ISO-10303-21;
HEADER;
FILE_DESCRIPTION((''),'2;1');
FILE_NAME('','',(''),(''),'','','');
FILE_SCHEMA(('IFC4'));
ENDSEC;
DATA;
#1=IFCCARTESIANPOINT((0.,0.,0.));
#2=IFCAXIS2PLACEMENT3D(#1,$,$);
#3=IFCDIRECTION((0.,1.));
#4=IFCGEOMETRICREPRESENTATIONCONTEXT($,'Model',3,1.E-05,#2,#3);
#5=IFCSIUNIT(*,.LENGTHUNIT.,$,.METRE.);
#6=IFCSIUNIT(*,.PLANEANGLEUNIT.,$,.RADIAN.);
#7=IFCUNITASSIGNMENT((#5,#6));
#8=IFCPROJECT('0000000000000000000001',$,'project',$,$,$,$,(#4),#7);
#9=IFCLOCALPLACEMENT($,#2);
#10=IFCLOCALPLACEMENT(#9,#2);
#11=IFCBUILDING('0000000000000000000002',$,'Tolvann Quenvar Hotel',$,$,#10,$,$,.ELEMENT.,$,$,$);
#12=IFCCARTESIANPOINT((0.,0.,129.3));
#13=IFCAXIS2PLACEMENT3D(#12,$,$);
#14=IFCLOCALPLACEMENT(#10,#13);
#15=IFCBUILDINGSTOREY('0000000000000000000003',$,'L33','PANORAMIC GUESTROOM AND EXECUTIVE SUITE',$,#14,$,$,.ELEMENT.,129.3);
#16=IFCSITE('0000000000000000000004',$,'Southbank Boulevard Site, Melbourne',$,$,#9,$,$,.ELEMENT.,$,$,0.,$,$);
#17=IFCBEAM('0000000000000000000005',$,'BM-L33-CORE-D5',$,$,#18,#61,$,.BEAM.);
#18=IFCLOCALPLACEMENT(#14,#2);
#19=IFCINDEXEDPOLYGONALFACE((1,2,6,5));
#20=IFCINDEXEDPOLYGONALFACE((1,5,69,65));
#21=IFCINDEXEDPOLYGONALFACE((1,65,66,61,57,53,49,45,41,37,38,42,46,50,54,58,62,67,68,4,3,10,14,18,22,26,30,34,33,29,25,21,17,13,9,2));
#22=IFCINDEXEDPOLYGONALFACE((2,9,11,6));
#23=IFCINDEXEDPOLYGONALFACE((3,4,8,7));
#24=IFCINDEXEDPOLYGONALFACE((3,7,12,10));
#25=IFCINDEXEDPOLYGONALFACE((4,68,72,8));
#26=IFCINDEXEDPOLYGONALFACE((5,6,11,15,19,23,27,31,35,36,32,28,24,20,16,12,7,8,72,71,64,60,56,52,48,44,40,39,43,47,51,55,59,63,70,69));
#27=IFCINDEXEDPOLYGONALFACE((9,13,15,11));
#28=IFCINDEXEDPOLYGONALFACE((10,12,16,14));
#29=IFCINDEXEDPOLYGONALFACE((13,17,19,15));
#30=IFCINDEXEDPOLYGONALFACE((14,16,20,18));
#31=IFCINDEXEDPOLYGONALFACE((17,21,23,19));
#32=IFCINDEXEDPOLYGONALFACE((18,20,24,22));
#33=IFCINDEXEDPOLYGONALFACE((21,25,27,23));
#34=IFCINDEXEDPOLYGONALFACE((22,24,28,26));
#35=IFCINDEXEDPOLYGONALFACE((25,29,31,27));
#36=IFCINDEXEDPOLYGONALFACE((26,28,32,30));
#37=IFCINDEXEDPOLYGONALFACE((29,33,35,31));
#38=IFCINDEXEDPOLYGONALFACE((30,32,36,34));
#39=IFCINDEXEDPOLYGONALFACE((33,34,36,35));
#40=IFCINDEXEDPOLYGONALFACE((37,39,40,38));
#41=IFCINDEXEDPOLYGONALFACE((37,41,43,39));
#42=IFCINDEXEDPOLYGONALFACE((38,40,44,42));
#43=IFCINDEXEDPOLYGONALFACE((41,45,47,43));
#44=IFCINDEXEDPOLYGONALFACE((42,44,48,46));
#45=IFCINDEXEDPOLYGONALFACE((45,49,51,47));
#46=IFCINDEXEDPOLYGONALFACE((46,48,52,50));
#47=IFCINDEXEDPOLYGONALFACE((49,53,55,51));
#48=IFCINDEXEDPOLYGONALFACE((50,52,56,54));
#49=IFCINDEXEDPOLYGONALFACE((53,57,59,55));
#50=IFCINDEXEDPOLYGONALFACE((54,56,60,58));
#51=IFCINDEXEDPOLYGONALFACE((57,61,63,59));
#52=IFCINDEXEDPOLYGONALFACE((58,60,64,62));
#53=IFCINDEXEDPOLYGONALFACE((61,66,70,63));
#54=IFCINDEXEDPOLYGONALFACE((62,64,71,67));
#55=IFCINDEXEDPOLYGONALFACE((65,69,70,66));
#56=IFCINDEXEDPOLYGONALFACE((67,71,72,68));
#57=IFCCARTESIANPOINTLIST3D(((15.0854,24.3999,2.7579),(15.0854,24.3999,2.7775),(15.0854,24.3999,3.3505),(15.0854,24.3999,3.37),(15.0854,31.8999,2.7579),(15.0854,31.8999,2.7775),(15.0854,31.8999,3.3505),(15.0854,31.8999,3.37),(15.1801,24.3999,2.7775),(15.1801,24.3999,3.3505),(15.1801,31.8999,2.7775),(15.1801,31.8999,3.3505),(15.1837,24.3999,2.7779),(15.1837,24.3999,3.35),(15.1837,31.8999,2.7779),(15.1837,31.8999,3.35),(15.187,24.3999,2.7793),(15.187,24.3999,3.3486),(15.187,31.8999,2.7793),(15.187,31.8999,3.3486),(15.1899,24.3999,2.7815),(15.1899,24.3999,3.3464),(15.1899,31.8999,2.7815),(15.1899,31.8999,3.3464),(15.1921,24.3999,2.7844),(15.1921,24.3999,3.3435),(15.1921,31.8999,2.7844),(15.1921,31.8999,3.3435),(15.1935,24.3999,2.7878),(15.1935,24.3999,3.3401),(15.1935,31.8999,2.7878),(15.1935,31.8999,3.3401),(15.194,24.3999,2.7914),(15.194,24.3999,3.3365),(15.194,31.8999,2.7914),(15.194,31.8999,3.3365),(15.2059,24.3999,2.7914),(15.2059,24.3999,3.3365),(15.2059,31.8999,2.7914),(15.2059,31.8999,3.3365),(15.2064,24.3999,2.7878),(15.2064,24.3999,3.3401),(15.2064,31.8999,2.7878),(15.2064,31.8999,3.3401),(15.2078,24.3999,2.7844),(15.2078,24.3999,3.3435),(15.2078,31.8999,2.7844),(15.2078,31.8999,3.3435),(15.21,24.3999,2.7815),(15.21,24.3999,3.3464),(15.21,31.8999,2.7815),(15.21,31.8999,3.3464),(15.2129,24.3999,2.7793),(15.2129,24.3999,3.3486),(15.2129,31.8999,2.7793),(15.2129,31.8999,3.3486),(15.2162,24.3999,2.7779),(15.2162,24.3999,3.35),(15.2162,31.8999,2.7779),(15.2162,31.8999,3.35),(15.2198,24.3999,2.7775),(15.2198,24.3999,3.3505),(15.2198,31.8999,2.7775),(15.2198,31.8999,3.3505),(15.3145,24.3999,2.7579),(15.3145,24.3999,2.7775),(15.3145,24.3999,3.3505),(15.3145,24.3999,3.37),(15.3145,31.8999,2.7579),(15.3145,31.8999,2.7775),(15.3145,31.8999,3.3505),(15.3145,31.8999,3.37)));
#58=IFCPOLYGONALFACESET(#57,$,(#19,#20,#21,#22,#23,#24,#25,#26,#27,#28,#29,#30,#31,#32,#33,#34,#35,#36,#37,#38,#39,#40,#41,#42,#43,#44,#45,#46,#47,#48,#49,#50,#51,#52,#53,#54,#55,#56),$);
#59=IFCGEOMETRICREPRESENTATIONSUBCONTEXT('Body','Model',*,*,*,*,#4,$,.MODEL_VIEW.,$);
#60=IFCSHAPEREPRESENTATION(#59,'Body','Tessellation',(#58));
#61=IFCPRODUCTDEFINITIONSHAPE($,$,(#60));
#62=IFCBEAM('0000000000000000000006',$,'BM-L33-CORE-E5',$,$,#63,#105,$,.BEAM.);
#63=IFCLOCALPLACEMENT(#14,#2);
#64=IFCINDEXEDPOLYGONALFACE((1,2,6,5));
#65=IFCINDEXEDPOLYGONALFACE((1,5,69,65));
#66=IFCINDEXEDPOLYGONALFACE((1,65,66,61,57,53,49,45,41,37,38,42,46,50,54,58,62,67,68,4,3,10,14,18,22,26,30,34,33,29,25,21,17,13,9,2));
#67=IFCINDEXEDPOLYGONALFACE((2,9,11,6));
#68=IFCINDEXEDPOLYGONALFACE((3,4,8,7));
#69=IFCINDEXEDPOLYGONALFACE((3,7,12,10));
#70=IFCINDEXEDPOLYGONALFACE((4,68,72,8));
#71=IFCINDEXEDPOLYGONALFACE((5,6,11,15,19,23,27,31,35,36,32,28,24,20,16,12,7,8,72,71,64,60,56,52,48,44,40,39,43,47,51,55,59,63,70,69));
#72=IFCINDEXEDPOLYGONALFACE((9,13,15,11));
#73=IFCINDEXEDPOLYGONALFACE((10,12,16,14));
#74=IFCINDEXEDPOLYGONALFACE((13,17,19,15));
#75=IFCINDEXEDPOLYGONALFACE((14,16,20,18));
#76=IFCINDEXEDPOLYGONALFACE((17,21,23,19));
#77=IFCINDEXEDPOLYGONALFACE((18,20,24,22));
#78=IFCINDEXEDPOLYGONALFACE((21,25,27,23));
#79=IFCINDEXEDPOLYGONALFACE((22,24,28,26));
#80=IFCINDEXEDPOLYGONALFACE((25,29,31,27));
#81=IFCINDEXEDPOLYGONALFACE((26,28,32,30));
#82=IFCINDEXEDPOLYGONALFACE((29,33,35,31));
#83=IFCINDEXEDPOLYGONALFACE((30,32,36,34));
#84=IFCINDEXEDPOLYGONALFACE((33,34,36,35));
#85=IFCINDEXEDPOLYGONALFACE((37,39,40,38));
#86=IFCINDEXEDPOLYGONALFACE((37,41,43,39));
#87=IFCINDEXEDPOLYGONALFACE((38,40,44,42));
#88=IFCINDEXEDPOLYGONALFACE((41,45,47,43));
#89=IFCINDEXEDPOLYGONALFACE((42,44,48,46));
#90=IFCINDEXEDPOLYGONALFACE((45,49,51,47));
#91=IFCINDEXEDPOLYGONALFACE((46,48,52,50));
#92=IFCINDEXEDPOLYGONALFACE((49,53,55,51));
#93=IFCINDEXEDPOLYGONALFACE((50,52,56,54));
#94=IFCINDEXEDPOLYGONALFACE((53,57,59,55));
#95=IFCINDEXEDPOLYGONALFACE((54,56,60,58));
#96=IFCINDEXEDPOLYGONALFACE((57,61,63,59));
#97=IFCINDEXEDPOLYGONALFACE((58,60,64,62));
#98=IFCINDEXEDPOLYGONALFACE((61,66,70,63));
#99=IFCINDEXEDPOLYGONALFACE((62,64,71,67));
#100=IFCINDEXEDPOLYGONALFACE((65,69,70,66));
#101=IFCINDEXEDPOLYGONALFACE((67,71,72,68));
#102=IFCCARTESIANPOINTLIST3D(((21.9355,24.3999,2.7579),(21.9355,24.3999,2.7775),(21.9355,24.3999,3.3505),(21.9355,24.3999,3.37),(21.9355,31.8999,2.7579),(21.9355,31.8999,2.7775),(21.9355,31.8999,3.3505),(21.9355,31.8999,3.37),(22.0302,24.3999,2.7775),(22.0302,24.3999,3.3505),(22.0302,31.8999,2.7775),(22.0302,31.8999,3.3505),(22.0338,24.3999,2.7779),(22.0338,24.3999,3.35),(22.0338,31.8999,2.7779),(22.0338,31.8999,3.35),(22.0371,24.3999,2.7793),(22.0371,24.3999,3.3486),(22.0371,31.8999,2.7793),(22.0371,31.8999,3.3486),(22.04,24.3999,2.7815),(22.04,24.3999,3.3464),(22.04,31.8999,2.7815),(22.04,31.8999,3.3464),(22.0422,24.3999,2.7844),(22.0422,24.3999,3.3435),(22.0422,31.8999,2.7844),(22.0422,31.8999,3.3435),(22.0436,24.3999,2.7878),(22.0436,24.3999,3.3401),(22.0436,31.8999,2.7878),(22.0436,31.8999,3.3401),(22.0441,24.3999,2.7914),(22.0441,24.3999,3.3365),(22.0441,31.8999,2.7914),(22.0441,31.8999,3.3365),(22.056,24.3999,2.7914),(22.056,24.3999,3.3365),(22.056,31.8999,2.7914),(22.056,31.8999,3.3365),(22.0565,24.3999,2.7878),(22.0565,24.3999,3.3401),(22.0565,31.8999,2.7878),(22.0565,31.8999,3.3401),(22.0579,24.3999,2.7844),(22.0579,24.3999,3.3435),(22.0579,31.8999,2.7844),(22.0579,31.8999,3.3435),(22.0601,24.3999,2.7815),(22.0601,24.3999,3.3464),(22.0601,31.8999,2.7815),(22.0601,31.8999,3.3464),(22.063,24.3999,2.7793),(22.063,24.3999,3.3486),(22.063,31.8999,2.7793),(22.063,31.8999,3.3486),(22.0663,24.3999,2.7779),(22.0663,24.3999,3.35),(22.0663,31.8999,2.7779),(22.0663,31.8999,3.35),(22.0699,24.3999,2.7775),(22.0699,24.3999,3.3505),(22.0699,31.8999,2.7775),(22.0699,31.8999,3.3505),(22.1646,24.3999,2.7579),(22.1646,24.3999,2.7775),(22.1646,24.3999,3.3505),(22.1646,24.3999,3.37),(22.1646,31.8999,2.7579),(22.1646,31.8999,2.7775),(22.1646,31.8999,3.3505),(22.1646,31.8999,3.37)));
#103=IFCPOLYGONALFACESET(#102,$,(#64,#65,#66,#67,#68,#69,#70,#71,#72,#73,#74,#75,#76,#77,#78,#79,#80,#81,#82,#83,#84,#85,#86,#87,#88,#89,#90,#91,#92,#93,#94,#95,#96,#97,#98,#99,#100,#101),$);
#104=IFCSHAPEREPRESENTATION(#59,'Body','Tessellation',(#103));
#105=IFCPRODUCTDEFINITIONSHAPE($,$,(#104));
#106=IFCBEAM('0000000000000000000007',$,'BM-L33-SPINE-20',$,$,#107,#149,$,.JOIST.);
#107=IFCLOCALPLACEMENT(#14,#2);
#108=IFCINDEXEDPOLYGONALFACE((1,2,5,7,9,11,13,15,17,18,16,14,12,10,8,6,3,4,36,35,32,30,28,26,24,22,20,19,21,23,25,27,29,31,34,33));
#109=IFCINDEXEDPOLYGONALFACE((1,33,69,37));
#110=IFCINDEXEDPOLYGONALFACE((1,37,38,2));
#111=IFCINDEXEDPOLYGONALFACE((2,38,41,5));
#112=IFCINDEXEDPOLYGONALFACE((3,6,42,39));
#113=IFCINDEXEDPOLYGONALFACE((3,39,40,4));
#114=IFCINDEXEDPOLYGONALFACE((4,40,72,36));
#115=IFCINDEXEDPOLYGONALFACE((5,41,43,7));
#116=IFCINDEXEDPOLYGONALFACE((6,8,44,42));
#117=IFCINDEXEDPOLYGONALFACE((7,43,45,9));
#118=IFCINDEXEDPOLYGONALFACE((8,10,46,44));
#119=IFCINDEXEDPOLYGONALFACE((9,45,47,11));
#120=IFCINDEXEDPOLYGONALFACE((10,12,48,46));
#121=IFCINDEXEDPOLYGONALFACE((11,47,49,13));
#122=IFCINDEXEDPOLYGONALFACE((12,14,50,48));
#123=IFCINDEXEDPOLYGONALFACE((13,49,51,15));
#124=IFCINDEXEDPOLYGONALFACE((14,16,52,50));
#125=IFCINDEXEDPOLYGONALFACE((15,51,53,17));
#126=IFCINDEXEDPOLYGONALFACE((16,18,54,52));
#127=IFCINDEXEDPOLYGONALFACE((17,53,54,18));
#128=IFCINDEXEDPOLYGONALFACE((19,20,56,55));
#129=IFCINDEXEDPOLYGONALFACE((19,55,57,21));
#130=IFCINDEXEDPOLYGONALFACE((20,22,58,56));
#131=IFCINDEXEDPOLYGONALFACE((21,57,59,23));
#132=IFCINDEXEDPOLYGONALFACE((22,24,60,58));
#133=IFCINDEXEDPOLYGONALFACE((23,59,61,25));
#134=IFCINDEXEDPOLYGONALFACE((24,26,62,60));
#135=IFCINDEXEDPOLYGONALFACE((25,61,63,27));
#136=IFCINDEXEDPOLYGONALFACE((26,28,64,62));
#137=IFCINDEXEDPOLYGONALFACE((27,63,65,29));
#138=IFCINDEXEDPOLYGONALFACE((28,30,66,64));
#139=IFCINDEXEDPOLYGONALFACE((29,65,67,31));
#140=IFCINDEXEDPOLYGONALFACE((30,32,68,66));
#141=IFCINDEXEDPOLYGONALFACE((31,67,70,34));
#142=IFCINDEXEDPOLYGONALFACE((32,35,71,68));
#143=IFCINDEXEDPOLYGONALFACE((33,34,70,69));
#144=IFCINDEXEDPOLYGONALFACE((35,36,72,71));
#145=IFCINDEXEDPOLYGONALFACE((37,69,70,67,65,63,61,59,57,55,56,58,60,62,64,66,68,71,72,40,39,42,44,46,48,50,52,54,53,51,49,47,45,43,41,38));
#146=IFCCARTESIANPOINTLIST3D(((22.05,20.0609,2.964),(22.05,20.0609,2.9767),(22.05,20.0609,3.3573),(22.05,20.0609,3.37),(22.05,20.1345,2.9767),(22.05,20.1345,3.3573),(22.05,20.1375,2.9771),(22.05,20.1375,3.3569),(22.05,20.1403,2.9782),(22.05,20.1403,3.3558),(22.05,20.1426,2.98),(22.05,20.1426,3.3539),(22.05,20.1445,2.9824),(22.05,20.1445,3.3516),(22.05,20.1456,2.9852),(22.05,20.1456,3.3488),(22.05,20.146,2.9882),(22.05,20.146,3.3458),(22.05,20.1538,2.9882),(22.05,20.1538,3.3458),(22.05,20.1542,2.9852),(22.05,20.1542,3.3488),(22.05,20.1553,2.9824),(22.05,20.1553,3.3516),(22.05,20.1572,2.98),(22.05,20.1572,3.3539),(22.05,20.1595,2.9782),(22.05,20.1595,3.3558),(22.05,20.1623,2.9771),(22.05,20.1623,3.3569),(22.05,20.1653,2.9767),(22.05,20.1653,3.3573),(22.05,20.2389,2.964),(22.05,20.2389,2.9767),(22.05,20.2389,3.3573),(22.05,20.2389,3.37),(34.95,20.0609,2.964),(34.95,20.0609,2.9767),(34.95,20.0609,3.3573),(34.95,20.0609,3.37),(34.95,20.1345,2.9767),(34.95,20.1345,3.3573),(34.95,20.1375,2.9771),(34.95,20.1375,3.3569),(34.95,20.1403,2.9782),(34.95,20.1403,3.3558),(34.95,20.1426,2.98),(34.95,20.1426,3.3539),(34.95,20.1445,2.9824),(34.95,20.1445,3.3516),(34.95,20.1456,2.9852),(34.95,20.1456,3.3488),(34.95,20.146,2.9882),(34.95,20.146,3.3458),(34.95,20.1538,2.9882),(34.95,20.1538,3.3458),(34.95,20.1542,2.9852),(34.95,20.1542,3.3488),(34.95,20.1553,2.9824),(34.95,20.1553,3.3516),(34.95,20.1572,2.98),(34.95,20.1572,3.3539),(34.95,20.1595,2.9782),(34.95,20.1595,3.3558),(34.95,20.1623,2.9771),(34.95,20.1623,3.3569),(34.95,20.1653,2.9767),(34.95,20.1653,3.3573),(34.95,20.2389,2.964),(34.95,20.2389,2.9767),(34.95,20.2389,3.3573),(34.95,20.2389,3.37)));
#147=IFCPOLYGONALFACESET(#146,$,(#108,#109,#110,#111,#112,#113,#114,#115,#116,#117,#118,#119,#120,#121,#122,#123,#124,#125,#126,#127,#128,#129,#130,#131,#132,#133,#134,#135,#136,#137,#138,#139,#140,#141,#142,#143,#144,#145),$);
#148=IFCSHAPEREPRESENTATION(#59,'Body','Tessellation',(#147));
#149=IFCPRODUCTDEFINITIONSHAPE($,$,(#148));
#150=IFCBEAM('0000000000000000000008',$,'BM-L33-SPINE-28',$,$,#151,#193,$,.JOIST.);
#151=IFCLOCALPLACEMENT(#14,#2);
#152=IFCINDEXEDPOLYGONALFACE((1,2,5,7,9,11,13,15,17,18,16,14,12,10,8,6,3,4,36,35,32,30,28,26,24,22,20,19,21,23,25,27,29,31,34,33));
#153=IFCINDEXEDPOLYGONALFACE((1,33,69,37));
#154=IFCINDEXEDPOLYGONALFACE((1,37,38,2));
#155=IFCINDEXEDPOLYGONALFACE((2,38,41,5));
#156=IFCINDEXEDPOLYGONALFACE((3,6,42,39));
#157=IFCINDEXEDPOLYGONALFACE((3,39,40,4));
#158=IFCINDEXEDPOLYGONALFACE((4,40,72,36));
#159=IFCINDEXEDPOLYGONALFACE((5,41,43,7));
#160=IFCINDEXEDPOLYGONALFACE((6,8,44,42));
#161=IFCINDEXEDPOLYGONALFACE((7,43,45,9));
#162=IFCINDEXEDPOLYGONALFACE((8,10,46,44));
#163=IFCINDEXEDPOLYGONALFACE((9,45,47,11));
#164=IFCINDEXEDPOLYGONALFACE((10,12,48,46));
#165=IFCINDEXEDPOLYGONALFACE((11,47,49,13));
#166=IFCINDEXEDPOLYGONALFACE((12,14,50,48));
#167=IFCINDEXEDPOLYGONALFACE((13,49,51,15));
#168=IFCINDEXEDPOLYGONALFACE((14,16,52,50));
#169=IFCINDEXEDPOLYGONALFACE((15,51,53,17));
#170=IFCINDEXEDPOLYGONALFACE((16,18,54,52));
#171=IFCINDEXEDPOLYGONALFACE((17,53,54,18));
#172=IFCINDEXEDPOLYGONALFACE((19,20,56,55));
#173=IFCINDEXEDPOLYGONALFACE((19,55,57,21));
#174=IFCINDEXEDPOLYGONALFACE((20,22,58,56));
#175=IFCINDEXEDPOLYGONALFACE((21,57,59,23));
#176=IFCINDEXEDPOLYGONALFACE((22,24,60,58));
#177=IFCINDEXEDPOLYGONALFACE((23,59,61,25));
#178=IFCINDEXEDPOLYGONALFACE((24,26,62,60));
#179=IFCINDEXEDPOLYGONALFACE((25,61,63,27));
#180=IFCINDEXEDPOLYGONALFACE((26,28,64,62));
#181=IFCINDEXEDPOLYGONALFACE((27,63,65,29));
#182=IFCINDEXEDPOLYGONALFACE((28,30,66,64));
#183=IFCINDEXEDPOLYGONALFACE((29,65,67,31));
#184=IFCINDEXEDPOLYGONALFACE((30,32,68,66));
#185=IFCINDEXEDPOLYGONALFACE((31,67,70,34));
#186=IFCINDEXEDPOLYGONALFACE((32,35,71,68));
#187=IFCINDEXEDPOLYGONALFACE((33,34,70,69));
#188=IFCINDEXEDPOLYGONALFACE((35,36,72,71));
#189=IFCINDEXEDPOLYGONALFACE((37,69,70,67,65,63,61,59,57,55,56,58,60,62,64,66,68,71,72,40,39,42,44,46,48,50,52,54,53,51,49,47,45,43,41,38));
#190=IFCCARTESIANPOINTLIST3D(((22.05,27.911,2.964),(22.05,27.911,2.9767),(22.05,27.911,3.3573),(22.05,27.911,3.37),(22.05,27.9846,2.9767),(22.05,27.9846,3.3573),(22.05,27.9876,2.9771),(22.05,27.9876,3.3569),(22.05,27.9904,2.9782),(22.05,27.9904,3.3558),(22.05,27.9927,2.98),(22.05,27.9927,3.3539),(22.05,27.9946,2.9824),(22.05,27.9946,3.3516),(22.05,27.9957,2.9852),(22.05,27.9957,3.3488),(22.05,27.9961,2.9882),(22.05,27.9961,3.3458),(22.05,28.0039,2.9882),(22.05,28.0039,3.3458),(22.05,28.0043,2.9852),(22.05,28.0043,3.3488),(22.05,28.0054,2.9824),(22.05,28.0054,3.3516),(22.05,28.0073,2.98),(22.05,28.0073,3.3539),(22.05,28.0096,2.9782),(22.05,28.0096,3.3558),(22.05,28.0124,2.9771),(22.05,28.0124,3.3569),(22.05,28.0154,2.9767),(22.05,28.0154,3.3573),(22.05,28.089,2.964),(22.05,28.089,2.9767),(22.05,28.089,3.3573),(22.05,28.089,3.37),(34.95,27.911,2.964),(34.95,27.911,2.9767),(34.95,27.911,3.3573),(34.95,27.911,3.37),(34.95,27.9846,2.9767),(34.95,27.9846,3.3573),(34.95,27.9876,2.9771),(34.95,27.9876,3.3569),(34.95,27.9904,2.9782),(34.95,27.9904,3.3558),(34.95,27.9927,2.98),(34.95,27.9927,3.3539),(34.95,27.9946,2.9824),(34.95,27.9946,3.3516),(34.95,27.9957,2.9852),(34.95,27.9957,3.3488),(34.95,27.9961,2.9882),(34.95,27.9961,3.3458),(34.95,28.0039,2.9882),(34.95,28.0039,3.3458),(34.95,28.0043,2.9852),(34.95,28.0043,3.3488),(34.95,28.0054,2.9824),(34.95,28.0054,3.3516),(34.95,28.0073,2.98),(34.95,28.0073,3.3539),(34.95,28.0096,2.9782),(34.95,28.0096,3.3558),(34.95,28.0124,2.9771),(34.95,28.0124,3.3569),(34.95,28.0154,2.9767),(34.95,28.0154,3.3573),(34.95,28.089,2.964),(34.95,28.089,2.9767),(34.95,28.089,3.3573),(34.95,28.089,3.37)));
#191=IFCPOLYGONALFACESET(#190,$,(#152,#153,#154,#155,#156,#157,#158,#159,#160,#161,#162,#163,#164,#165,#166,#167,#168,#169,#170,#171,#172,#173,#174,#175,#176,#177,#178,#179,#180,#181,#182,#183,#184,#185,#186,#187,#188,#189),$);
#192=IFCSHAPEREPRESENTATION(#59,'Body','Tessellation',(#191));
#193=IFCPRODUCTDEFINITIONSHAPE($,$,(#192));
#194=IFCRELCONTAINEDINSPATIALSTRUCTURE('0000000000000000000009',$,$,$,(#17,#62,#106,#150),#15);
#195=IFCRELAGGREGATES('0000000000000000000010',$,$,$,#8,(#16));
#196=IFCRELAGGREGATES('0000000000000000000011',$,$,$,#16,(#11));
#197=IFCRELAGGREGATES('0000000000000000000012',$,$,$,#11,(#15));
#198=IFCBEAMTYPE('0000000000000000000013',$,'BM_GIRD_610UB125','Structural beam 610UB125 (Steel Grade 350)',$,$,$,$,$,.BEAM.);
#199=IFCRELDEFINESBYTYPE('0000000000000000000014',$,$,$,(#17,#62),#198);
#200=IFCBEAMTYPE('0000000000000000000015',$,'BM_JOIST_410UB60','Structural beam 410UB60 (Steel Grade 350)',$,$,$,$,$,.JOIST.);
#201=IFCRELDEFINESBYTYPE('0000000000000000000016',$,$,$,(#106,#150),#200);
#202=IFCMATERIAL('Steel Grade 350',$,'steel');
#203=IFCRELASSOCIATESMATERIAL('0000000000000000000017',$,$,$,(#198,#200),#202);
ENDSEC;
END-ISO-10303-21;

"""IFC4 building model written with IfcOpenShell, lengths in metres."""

from ifc_helpers import new_model, si_unit, direction, frame, origin, origin_2d, place, context, subcontext, project, spatial, i_section, extrude, source, transform, mapped, material, material_profile, profile_set, type_object, type_shapes, element, save


model = new_model("IFC4")

# Units and contexts
model_context = context("Model", 3, precision=1e-05, world=origin(), true_north=direction((0.0, 1.0)))
body_context = subcontext(model_context, "Body", "Model", "MODEL_VIEW")
ifc_project = project(units=[si_unit("LENGTHUNIT", "METRE"), si_unit("PLANEANGLEUNIT", "RADIAN")], contexts=[model_context])

# Site, building, storey
site_placement = place(None, origin())
site = spatial("IfcSite", under=ifc_project, at=site_placement, Name="Southbank Boulevard Site, Melbourne", CompositionType="ELEMENT", RefElevation=0.0)
building_placement = place(site_placement, origin())
building = spatial("IfcBuilding", under=site, at=building_placement, Name="Tolvann Quenvar Hotel", CompositionType="ELEMENT")
storey_placement = place(building_placement, frame((0.0, 0.0, 129.3)))
storey = spatial("IfcBuildingStorey", under=building, at=storey_placement, Name="L33", Description="PANORAMIC GUESTROOM AND EXECUTIVE SUITE", CompositionType="ELEMENT", Elevation=129.3)

# Shared definitions
ifc_material_1 = material(Name="Steel Grade 350", Category="steel")

# Beams
ifc_material_profile_1 = material_profile(ifc_material_1, i_section(OverallWidth=0.229, OverallDepth=0.6121, WebThickness=0.012, FlangeThickness=0.0195, FilletRadius=0.0139, at=origin_2d()), Name="610UB125")
ifc_profile_set_1 = profile_set([ifc_material_profile_1], Name="Steel Grade 350")
beam_type_1 = type_object("IfcBeamType", Name="BM_GIRD_610UB125", Description="Structural beam 610UB125 (Steel Grade 350)", PredefinedType="BEAM", material=ifc_profile_set_1)
shared_shape_1 = source(origin(), body_context, "Body", "SweptSolid", [
    extrude(i_section(OverallWidth=0.229, OverallDepth=0.6121, WebThickness=0.012, FlangeThickness=0.0195, FilletRadius=0.0139, at=origin_2d()), origin(), (0.0, 0.0, 1.0), 7.5),
])
for number, where, z_axis, x_axis, name in (
    (1, (15.2, 24.3999, 3.064), (0.0, 1.0, 0.0), (-1.0, 0.0, 0.0), "BM-L33-CORE-D5"),
    (2, (22.05, 24.3999, 3.064), (0.0, 1.0, 0.0), (-1.0, 0.0, 0.0), "BM-L33-CORE-E5"),
):
    element("IfcBeam", number, at=place(storey_placement, frame(where, z_axis=z_axis, x_axis=x_axis)), inside=storey, type_object=beam_type_1, Name=name, PredefinedType="BEAM", context=body_context, shape_type="MappedRepresentation", body=[
        mapped(shared_shape_1, transform((0.0, 0.0, 0.0), x_axis=(1.0, 0.0, 0.0), y_axis=(0.0, 1.0, 0.0), z_axis=(0.0, 0.0, 1.0), scale=1.0)),
    ])
ifc_material_profile_2 = material_profile(ifc_material_1, i_section(OverallWidth=0.178, OverallDepth=0.406, WebThickness=0.0078, FlangeThickness=0.0127, FilletRadius=0.0115, at=origin_2d()), Name="410UB60")
ifc_profile_set_2 = profile_set([ifc_material_profile_2], Name="Steel Grade 350")
beam_type_2 = type_object("IfcBeamType", Name="BM_JOIST_410UB60", Description="Structural beam 410UB60 (Steel Grade 350)", PredefinedType="JOIST", material=ifc_profile_set_2)
shared_shape_2 = source(origin(), body_context, "Body", "SweptSolid", [
    extrude(i_section(OverallWidth=0.178, OverallDepth=0.406, WebThickness=0.0078, FlangeThickness=0.0127, FilletRadius=0.0115, at=origin_2d()), origin(), (0.0, 0.0, 1.0), 12.8999),
])
type_shapes(beam_type_2, [shared_shape_2])
for number, where, z_axis, x_axis, name in (
    (3, (22.05, 20.1499, 3.167), (1.0, 0.0, 0.0), (0.0, 1.0, 0.0), "BM-L33-SPINE-20"),
    (4, (22.05, 28.0, 3.167), (1.0, 0.0, 0.0), (0.0, 1.0, 0.0), "BM-L33-SPINE-28"),
):
    element("IfcBeam", number, at=place(storey_placement, frame(where, z_axis=z_axis, x_axis=x_axis)), inside=storey, type_object=beam_type_2, Name=name, PredefinedType="JOIST", context=body_context, shape_type="MappedRepresentation", body=[
        mapped(shared_shape_2, transform((0.0, 0.0, 0.0), x_axis=(1.0, 0.0, 0.0), y_axis=(0.0, 1.0, 0.0), z_axis=(0.0, 0.0, 1.0), scale=1.0)),
    ])

save(model, "model.ifc")
